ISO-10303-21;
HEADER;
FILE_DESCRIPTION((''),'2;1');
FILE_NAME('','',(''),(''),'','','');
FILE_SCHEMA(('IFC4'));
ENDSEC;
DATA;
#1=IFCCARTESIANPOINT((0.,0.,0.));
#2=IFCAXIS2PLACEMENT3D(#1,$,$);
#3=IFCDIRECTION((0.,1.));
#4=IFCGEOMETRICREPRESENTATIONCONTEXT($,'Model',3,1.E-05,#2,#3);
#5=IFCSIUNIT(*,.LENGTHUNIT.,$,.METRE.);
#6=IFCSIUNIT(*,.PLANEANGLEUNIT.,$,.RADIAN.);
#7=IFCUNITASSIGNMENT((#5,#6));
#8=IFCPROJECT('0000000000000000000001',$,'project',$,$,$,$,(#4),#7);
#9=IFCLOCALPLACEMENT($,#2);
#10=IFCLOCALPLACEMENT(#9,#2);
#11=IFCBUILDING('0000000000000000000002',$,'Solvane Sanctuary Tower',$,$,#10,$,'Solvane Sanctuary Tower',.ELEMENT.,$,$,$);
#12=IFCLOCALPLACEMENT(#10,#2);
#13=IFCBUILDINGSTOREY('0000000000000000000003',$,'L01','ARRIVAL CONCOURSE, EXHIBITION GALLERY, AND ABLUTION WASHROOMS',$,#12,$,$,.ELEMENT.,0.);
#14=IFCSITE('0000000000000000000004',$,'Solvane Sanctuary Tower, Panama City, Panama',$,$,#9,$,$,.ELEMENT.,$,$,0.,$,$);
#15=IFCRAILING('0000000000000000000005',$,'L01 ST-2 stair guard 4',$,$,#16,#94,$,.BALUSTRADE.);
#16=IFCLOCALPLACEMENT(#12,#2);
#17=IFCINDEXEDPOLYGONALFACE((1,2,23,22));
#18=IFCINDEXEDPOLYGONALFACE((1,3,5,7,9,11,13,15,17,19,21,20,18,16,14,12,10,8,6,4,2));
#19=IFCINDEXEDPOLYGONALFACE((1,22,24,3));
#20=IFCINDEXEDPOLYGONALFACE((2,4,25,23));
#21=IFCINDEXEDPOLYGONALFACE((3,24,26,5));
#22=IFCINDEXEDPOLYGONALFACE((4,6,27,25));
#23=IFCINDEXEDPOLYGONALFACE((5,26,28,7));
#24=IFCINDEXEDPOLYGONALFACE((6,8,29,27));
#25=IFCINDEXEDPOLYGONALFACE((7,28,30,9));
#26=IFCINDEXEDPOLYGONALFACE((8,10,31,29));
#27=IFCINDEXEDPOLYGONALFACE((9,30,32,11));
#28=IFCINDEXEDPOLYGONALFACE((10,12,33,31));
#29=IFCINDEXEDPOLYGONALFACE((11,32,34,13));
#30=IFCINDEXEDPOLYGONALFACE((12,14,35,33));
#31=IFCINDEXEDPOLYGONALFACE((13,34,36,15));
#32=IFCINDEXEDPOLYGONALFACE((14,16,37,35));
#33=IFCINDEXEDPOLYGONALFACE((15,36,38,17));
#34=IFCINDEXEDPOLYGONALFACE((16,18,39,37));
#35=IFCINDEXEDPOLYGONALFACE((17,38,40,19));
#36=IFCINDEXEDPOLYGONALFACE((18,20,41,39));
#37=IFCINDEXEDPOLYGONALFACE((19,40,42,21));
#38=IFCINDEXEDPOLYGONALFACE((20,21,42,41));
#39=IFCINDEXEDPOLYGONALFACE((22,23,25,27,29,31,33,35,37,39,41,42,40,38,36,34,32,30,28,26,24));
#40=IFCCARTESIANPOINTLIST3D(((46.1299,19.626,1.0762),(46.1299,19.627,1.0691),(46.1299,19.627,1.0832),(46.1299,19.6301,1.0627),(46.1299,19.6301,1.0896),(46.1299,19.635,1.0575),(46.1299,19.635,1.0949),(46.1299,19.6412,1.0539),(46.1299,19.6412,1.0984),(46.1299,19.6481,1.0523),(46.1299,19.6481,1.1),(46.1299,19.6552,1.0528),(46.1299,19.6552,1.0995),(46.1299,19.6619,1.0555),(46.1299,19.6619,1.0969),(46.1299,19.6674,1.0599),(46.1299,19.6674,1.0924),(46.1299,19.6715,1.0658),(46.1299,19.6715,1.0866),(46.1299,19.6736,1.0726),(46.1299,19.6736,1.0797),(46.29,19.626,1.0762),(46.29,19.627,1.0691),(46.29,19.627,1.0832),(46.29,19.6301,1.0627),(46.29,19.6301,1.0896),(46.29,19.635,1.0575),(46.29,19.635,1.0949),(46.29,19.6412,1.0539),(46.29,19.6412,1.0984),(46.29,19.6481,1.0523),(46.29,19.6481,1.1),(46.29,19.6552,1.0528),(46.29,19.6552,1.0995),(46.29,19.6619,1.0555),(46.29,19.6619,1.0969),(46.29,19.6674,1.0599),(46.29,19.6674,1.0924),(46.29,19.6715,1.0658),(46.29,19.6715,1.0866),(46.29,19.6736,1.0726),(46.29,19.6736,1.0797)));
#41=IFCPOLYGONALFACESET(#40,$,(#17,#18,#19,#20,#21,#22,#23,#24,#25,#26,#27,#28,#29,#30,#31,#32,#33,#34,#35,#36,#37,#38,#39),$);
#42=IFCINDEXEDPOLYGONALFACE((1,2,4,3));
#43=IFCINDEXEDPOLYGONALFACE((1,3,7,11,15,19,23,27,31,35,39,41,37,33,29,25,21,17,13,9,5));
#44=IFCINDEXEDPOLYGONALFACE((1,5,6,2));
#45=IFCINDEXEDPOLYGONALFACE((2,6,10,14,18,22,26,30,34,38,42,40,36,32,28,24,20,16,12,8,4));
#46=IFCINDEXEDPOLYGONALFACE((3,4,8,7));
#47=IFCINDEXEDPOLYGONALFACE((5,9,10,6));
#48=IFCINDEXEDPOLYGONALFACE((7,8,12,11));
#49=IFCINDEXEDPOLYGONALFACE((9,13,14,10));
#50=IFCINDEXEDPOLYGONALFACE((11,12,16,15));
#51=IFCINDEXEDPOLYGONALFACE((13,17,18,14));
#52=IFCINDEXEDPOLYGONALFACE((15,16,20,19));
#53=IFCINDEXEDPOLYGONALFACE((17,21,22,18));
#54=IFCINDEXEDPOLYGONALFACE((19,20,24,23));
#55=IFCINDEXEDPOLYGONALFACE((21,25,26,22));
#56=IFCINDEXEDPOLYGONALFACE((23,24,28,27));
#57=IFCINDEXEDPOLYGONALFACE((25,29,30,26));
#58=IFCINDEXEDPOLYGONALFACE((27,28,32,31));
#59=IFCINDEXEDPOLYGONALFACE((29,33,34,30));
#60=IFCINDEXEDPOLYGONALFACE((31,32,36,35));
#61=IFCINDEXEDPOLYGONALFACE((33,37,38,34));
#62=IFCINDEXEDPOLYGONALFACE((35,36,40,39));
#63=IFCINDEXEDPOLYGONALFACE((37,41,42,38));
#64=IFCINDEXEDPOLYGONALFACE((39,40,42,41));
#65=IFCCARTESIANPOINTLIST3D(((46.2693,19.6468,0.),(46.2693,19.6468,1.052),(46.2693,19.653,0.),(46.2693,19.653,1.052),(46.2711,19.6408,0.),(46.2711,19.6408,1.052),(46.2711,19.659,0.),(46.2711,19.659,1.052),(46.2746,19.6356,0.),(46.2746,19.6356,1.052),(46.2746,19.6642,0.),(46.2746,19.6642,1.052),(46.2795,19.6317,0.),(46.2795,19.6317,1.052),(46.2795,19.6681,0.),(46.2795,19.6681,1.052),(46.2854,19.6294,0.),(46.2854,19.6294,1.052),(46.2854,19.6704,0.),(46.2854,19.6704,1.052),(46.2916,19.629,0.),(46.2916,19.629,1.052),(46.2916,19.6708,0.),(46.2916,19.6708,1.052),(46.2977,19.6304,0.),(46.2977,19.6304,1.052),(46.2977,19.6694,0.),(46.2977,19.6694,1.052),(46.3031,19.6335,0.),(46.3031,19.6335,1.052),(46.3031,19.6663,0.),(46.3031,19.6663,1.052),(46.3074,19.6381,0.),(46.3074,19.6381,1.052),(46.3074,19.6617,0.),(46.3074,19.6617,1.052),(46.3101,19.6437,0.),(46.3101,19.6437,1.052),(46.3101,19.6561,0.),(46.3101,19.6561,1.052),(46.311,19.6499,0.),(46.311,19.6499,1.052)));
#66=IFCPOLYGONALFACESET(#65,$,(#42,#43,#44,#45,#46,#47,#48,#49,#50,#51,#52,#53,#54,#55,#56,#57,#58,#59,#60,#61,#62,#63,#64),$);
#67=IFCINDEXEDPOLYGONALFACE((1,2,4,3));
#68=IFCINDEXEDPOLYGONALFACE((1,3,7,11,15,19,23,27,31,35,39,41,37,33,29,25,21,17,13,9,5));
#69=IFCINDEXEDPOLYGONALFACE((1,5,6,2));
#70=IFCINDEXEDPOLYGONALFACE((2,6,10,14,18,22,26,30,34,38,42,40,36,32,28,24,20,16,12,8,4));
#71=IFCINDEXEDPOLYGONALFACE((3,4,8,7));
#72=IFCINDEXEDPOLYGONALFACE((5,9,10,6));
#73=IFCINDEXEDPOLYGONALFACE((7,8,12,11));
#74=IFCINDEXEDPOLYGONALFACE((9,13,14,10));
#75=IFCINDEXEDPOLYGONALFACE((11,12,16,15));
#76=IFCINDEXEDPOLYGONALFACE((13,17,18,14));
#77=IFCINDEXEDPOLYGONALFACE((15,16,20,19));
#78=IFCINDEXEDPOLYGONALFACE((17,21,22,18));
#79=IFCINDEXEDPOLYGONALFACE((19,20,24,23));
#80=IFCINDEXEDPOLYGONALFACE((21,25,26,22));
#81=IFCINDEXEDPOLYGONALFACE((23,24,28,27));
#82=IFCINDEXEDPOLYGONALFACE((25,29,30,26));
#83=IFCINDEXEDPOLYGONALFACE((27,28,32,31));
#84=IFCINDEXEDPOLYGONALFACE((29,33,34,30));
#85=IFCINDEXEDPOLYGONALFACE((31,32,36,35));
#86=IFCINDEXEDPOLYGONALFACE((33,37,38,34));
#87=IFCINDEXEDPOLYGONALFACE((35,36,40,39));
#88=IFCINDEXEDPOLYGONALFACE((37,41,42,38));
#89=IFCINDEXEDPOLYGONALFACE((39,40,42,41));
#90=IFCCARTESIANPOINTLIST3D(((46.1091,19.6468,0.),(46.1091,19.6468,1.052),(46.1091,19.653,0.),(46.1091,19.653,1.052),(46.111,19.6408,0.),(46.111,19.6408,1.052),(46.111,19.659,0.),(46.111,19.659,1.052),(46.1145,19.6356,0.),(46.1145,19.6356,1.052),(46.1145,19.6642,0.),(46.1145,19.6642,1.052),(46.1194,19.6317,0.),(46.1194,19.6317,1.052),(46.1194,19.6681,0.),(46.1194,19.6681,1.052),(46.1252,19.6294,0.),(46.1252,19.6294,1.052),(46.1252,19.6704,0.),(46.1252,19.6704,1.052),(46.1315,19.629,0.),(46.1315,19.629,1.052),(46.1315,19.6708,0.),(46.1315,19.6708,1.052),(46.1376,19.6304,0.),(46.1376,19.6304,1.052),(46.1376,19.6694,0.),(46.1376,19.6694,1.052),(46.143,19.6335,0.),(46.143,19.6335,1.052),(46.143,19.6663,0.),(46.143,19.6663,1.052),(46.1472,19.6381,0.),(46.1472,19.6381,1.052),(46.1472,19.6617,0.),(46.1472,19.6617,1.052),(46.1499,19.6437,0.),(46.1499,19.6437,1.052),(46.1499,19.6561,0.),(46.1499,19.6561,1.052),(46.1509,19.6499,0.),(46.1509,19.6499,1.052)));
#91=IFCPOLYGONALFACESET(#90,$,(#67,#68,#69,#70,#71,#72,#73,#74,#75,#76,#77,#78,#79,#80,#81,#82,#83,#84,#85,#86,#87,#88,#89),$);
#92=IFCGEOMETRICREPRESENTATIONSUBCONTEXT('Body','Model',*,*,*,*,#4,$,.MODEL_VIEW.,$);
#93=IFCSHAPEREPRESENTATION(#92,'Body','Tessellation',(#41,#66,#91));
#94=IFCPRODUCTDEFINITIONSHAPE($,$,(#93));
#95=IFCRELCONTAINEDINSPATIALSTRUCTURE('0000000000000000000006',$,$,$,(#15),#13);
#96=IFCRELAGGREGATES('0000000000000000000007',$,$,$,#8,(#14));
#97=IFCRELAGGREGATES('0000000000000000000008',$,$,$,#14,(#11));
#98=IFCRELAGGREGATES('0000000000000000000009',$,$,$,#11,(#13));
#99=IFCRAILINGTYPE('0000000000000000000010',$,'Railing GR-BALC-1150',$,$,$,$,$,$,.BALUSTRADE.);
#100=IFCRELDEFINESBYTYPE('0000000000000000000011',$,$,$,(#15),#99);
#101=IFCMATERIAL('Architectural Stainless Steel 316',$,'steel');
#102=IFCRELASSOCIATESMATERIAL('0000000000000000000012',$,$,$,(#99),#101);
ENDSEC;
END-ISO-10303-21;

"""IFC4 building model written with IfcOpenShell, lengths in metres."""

from ifc_helpers import new_model, si_unit, direction, frame, origin, origin_2d, place, context, subcontext, project, spatial, circle, extrude, material, type_object, element, save


model = new_model("IFC4")

# Units and contexts
model_context = context("Model", 3, precision=1e-05, world=origin(), true_north=direction((0.0, 1.0)))
body_context = subcontext(model_context, "Body", "Model", "MODEL_VIEW")
ifc_project = project(units=[si_unit("LENGTHUNIT", "METRE"), si_unit("PLANEANGLEUNIT", "RADIAN")], contexts=[model_context])

# Site, building, storey
site_placement = place(None, origin())
site = spatial("IfcSite", under=ifc_project, at=site_placement, Name="Solvane Sanctuary Tower, Panama City, Panama", CompositionType="ELEMENT", RefElevation=0.0)
building_placement = place(site_placement, origin())
building = spatial("IfcBuilding", under=site, at=building_placement, Name="Solvane Sanctuary Tower", LongName="Solvane Sanctuary Tower", CompositionType="ELEMENT")
storey_placement = place(building_placement, origin())
storey = spatial("IfcBuildingStorey", under=building, at=storey_placement, Name="L01", Description="ARRIVAL CONCOURSE, EXHIBITION GALLERY, AND ABLUTION WASHROOMS", CompositionType="ELEMENT", Elevation=0.0)

# Shared definitions
ifc_material_1 = material(Name="Architectural Stainless Steel 316", Category="steel")

# Railing
railing_type_1 = type_object("IfcRailingType", Name="Railing GR-BALC-1150", PredefinedType="BALUSTRADE", material=ifc_material_1)
railing_1_placement = place(storey_placement, frame((46.29, 19.6499, 0.0)))
element("IfcRailing", 1, at=railing_1_placement, inside=storey, type_object=railing_type_1, Name="L01 ST-2 stair guard 4", PredefinedType="BALUSTRADE", context=body_context, shape_type="SweptSolid", body=[
    extrude(circle(Radius=0.0239, at=origin_2d()), frame((0.0, 0.0, 1.0762), z_axis=(-1.0, 0.0, 0.0), x_axis=(0.0, -1.0, 0.0)), (0.0, 0.0, 1.0), 0.1602),
    extrude(circle(Radius=0.021, at=origin_2d()), origin(), (0.0, 0.0, 1.0), 1.052),
    extrude(circle(Radius=0.021, at=origin_2d()), frame((-0.1602, 0.0, 0.0)), (0.0, 0.0, 1.0), 1.052),
])

save(model, "model.ifc")
